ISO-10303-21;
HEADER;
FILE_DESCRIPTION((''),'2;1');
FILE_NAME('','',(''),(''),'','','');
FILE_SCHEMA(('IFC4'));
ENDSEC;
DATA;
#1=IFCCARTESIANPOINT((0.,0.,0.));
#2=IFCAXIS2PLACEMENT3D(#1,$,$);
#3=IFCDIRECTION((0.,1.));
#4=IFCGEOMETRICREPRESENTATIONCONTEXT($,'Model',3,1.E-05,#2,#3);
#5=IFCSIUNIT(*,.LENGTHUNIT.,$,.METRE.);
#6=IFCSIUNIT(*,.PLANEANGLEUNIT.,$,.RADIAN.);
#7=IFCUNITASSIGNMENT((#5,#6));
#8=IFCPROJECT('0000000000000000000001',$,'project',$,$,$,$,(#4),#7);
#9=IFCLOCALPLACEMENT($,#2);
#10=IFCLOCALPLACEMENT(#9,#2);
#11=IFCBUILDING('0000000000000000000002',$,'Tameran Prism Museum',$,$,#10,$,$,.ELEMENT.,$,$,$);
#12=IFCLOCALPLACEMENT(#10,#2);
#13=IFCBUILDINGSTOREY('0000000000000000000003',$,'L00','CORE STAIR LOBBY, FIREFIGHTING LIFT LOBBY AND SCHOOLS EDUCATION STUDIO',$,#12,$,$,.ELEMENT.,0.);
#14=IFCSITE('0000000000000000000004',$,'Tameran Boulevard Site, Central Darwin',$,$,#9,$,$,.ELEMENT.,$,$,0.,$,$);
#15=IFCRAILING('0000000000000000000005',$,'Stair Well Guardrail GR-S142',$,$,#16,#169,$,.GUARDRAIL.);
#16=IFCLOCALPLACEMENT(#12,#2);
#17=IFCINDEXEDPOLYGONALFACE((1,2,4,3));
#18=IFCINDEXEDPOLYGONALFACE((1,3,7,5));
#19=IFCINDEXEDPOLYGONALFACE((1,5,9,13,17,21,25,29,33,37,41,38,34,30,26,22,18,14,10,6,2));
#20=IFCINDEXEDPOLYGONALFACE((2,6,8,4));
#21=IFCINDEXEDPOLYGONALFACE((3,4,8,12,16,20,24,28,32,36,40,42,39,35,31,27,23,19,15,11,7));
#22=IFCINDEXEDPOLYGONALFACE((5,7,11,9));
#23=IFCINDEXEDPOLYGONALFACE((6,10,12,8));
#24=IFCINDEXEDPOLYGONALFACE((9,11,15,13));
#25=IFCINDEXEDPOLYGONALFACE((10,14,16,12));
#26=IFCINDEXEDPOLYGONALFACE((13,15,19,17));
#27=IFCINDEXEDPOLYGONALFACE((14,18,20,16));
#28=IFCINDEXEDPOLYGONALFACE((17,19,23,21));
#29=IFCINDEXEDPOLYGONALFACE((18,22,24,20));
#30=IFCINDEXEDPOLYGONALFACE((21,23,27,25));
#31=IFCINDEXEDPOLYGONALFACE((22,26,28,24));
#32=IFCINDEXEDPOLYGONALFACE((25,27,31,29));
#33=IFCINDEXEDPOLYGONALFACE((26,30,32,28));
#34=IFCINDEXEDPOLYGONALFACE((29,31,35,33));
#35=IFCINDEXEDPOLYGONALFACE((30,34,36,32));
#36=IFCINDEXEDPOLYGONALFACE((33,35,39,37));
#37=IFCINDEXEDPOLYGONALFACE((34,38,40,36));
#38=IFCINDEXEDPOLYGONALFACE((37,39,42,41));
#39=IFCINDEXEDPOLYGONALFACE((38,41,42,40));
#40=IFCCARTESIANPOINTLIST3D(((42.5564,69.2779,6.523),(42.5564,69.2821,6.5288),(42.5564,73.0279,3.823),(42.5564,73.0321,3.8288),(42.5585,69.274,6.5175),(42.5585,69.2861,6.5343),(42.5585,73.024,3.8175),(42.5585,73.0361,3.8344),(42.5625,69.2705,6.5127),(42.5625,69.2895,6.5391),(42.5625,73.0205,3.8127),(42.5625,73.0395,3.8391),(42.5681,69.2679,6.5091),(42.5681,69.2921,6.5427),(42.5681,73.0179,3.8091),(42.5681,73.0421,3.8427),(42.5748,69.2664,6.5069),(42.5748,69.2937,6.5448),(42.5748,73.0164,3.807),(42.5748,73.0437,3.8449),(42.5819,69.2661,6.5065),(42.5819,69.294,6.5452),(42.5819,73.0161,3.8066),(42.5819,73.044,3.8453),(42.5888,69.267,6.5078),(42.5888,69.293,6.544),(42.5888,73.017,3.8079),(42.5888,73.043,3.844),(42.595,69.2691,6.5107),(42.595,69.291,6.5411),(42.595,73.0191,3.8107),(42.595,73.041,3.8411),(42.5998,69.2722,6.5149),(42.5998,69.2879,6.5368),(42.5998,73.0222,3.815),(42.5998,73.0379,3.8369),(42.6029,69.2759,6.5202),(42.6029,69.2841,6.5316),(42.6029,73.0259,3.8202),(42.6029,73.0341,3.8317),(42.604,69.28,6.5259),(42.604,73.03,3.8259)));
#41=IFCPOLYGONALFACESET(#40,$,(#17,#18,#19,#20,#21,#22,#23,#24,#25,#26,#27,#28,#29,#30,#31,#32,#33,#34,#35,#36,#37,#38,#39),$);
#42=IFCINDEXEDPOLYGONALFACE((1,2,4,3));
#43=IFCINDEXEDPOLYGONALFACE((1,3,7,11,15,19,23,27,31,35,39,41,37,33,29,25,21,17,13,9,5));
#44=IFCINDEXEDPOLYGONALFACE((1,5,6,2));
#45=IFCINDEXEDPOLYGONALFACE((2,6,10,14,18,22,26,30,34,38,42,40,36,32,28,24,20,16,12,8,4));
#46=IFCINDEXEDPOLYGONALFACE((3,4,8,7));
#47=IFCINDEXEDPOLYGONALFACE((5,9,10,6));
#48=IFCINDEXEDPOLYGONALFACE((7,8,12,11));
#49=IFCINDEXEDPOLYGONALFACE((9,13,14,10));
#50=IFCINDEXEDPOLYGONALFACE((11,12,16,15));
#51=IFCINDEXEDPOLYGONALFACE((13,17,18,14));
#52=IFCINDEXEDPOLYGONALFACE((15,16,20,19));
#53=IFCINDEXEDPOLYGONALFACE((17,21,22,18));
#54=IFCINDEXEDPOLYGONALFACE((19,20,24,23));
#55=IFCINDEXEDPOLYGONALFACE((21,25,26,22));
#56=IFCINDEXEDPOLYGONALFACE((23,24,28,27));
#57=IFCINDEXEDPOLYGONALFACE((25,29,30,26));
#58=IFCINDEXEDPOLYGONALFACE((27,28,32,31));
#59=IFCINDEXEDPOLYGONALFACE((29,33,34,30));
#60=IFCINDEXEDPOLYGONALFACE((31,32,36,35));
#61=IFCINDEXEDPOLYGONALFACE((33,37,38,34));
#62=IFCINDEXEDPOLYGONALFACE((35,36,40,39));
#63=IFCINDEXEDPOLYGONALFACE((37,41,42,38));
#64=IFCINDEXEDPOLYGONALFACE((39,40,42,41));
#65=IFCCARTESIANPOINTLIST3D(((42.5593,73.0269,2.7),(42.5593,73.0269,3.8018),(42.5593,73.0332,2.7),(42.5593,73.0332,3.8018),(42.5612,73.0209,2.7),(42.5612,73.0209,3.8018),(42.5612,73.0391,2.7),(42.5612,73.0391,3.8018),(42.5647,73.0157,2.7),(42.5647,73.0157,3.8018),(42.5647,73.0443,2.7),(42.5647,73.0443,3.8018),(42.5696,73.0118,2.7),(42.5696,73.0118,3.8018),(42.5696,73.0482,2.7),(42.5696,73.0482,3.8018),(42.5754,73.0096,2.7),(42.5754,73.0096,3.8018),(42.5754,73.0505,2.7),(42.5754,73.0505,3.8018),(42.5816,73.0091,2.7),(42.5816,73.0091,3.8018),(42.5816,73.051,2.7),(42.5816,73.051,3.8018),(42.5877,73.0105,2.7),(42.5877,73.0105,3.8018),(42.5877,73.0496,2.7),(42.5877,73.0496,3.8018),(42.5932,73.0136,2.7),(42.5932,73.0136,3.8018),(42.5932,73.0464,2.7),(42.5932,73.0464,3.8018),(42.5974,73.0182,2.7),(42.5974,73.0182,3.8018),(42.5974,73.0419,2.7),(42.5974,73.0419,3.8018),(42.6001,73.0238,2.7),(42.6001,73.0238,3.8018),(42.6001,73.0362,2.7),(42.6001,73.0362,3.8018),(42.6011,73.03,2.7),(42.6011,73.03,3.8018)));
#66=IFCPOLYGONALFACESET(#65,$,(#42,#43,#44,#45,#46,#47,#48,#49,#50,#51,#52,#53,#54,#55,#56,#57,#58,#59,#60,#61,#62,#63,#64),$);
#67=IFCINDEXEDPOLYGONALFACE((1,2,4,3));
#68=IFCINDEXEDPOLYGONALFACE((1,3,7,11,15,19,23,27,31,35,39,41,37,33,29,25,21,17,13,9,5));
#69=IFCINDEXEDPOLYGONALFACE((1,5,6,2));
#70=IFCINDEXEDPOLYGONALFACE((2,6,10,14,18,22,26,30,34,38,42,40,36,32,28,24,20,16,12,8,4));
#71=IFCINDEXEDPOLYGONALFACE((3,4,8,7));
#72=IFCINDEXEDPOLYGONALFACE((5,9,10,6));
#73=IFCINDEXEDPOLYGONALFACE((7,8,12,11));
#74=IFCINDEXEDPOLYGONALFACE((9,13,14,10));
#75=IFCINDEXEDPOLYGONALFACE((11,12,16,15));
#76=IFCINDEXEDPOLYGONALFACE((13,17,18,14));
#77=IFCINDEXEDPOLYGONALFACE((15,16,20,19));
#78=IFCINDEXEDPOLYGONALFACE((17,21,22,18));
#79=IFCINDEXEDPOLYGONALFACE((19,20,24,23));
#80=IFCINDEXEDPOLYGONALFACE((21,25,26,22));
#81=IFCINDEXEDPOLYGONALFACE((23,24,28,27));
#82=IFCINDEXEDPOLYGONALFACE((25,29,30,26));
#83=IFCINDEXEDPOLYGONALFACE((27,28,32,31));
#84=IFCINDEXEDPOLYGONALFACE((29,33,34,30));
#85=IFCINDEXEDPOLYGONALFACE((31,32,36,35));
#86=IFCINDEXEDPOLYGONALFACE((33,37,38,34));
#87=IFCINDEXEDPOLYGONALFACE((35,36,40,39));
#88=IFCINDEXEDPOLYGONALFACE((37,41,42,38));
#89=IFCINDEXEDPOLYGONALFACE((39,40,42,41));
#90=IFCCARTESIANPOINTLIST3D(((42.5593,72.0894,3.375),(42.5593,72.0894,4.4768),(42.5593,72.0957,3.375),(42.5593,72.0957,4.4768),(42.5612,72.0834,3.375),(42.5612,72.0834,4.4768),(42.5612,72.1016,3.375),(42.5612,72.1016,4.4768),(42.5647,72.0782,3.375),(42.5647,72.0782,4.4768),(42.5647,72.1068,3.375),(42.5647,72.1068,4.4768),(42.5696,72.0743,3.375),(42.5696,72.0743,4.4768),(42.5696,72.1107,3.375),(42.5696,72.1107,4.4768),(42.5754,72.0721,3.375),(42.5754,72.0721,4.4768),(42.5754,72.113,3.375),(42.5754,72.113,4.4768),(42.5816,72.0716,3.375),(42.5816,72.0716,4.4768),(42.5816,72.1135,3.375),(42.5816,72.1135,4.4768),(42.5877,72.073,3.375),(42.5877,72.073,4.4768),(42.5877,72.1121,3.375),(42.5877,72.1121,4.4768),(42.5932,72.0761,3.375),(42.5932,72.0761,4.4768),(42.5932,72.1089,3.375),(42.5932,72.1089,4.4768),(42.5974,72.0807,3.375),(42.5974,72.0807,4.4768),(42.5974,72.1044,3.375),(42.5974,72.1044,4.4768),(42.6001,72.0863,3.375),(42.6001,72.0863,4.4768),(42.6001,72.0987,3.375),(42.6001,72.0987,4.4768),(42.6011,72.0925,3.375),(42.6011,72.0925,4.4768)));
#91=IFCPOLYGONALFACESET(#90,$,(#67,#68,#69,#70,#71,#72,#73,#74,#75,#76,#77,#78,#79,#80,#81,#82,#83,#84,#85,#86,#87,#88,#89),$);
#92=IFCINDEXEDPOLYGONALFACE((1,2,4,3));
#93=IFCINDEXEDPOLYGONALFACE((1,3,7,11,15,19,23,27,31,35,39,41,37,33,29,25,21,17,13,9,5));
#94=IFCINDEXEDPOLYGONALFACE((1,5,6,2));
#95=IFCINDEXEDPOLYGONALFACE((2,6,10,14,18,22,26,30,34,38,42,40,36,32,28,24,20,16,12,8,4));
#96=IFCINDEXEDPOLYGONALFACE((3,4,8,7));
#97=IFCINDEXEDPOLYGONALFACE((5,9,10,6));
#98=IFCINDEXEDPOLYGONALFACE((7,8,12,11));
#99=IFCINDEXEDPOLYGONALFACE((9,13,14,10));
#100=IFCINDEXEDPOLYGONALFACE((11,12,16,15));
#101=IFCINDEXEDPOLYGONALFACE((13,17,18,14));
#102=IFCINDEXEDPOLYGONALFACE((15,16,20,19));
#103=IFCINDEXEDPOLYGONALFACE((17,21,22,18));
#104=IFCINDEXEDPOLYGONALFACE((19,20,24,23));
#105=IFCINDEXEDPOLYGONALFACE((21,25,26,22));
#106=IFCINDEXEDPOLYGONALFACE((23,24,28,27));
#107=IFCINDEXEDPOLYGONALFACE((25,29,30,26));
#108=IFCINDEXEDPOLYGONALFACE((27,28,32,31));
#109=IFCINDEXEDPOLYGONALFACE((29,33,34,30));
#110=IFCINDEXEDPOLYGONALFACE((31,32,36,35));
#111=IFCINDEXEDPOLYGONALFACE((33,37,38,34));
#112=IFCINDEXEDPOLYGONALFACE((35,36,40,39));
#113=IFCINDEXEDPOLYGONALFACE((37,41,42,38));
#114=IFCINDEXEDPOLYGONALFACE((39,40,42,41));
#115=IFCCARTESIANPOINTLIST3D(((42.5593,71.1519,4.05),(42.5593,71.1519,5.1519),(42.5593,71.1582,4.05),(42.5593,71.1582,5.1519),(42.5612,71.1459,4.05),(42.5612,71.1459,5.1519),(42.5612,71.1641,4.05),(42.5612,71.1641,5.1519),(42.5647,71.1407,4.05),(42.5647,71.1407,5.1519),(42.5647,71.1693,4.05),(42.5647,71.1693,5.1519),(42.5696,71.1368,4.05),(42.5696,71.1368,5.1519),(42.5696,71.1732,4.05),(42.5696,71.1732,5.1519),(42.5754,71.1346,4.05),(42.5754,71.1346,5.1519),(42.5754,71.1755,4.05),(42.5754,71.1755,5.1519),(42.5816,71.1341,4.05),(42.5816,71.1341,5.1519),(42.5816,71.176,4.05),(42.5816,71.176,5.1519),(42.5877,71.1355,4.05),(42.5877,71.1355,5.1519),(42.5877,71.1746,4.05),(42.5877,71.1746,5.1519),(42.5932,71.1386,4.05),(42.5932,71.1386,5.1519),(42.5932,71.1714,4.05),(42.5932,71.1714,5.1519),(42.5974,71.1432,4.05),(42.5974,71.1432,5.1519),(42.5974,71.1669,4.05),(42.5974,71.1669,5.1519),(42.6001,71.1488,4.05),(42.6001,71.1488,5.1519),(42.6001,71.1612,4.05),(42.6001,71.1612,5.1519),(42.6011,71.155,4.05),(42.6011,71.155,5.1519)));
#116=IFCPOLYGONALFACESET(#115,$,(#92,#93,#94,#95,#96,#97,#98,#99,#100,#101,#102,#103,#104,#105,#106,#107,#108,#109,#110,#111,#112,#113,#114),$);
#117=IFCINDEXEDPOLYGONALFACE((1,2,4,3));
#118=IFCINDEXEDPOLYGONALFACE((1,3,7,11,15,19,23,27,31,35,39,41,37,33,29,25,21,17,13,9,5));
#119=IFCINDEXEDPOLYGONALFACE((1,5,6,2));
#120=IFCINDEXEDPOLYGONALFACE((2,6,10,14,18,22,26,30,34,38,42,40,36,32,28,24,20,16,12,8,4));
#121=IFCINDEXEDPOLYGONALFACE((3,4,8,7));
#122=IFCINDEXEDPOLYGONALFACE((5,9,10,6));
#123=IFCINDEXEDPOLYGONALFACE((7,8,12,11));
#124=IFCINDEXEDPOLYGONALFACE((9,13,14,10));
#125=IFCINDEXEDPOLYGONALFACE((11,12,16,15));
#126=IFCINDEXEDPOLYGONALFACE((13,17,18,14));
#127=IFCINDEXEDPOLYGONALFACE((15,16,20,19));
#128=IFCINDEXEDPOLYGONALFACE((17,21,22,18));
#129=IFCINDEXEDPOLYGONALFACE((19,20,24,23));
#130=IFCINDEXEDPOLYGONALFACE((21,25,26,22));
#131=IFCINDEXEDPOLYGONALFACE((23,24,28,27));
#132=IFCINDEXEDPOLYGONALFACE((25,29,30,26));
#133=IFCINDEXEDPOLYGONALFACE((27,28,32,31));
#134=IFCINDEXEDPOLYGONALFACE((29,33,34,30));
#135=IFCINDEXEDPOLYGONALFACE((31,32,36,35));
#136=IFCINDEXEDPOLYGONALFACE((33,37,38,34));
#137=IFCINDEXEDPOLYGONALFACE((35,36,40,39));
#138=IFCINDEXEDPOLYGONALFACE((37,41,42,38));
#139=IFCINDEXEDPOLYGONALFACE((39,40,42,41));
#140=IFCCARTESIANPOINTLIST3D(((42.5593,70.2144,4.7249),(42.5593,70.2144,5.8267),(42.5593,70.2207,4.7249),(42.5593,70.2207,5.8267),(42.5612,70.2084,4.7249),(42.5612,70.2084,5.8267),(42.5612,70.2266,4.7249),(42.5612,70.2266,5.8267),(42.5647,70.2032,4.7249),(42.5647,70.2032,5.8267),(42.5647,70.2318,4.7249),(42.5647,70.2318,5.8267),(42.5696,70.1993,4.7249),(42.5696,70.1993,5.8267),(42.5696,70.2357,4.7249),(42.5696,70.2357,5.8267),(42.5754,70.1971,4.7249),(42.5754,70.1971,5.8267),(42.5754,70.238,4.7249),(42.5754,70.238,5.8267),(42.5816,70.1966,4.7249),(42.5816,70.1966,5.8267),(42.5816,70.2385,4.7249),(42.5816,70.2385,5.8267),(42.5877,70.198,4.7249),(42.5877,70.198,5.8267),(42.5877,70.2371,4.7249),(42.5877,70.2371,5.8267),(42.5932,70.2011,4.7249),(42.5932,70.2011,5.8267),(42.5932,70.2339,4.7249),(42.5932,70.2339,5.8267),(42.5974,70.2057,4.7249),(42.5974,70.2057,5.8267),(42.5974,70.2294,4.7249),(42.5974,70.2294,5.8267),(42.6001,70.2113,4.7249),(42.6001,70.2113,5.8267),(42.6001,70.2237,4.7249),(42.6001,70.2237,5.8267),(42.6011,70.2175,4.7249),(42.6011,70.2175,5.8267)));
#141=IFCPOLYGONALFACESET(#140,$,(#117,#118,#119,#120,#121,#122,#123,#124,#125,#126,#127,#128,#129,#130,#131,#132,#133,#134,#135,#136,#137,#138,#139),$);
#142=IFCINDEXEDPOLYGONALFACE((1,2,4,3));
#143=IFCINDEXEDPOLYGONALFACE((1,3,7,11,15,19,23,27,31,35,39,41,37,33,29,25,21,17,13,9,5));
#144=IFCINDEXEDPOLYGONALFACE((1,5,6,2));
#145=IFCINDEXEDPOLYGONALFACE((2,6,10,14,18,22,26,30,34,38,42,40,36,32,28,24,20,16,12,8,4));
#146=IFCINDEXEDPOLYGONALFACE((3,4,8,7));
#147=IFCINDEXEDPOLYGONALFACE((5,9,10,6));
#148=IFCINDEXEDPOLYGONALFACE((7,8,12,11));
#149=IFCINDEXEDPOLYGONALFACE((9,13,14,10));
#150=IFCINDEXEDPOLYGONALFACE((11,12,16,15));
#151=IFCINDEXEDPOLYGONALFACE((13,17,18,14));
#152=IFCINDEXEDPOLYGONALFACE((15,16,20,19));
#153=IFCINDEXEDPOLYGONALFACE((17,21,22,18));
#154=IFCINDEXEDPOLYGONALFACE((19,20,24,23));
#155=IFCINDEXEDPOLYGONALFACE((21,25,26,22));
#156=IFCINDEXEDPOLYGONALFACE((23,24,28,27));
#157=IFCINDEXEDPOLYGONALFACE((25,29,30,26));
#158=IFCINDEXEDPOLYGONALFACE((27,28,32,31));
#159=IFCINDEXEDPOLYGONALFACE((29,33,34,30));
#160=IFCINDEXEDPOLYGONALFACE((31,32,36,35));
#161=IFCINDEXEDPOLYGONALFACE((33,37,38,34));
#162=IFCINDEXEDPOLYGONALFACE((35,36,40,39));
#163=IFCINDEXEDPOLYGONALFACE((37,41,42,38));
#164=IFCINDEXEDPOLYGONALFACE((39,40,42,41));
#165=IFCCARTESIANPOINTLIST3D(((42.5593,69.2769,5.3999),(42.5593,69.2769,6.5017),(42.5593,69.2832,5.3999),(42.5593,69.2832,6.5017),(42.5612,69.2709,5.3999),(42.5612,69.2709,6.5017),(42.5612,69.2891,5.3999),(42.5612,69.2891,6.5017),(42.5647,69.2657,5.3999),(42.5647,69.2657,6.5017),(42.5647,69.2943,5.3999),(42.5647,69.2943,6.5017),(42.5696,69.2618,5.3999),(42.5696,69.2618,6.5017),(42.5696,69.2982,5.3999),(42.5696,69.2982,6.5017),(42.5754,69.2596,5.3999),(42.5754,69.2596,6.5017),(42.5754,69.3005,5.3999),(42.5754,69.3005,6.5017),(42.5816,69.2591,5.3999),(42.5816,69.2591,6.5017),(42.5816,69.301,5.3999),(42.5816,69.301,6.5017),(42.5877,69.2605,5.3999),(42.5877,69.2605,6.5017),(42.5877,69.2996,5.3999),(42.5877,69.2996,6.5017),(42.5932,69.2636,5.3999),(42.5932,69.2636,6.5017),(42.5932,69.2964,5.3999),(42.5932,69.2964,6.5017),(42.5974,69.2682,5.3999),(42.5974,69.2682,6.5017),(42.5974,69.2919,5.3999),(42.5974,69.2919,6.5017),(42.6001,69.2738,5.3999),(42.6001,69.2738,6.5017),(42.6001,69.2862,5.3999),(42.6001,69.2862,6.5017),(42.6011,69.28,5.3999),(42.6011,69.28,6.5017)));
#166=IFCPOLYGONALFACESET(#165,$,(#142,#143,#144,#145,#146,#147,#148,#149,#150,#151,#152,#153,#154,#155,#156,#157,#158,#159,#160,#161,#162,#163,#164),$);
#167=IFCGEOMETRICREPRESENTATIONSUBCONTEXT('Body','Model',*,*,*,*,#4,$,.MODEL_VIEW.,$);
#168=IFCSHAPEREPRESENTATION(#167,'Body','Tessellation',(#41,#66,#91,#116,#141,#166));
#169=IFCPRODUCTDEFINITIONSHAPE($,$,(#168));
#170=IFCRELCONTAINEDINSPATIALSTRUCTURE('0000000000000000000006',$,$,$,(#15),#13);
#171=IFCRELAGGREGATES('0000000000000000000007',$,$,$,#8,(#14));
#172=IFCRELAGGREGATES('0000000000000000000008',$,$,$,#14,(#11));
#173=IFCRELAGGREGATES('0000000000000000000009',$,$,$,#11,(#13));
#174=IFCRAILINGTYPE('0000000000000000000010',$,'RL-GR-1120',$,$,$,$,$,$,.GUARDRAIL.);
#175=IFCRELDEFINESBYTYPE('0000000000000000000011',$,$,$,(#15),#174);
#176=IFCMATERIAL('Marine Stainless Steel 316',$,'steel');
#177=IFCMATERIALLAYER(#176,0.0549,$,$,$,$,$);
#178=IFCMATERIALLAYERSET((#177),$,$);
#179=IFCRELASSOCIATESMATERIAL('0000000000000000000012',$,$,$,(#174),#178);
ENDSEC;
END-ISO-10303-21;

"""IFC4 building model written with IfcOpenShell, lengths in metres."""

from ifc_helpers import new_model, si_unit, direction, frame, origin, origin_2d, place, context, subcontext, project, spatial, circle, extrude, material, layer, layer_set, type_object, element, save


model = new_model("IFC4")

# Units and contexts
model_context = context("Model", 3, precision=1e-05, world=origin(), true_north=direction((0.0, 1.0)))
body_context = subcontext(model_context, "Body", "Model", "MODEL_VIEW")
ifc_project = project(units=[si_unit("LENGTHUNIT", "METRE"), si_unit("PLANEANGLEUNIT", "RADIAN")], contexts=[model_context])

# Site, building, storey
site_placement = place(None, origin())
site = spatial("IfcSite", under=ifc_project, at=site_placement, Name="Tameran Boulevard Site, Central Darwin", CompositionType="ELEMENT", RefElevation=0.0)
building_placement = place(site_placement, origin())
building = spatial("IfcBuilding", under=site, at=building_placement, Name="Tameran Prism Museum", CompositionType="ELEMENT")
storey_placement = place(building_placement, origin())
storey = spatial("IfcBuildingStorey", under=building, at=storey_placement, Name="L00", Description="CORE STAIR LOBBY, FIREFIGHTING LIFT LOBBY AND SCHOOLS EDUCATION STUDIO", CompositionType="ELEMENT", Elevation=0.0)

# Railing
ifc_material_1 = material(Name="Marine Stainless Steel 316", Category="steel")
ifc_layer_1 = layer(ifc_material_1, 0.0549)
ifc_layer_set_1 = layer_set([ifc_layer_1])
railing_type_1 = type_object("IfcRailingType", Name="RL-GR-1120", PredefinedType="GUARDRAIL", material=ifc_layer_set_1)
railing_1_placement = place(storey_placement, frame((42.5801, 73.03, 2.7)))
element("IfcRailing", 1, at=railing_1_placement, inside=storey, type_object=railing_type_1, Name="Stair Well Guardrail GR-S142", PredefinedType="GUARDRAIL", context=body_context, shape_type="SweptSolid", body=[
    extrude(circle(Radius=0.0239, at=origin_2d()), frame((0.0, 0.0, 1.126), z_axis=(0.0, -0.811539, 0.584298), x_axis=(1.0, 0.0, 0.0)), (0.0, 0.0, 1.0), 4.6208),
    extrude(circle(Radius=0.021, at=origin_2d()), origin(), (0.0, 0.0, 1.0), 1.1018),
    extrude(circle(Radius=0.021, at=origin_2d()), frame((0.0, -0.9375, 0.675)), (0.0, 0.0, 1.0), 1.1018),
    extrude(circle(Radius=0.021, at=origin_2d()), frame((0.0, -1.875, 1.3501)), (0.0, 0.0, 1.0), 1.1018),
    extrude(circle(Radius=0.021, at=origin_2d()), frame((0.0, -2.8125, 2.0249)), (0.0, 0.0, 1.0), 1.1018),
    extrude(circle(Radius=0.021, at=origin_2d()), frame((0.0, -3.75, 2.7)), (0.0, 0.0, 1.0), 1.1018),
])

save(model, "model.ifc")
